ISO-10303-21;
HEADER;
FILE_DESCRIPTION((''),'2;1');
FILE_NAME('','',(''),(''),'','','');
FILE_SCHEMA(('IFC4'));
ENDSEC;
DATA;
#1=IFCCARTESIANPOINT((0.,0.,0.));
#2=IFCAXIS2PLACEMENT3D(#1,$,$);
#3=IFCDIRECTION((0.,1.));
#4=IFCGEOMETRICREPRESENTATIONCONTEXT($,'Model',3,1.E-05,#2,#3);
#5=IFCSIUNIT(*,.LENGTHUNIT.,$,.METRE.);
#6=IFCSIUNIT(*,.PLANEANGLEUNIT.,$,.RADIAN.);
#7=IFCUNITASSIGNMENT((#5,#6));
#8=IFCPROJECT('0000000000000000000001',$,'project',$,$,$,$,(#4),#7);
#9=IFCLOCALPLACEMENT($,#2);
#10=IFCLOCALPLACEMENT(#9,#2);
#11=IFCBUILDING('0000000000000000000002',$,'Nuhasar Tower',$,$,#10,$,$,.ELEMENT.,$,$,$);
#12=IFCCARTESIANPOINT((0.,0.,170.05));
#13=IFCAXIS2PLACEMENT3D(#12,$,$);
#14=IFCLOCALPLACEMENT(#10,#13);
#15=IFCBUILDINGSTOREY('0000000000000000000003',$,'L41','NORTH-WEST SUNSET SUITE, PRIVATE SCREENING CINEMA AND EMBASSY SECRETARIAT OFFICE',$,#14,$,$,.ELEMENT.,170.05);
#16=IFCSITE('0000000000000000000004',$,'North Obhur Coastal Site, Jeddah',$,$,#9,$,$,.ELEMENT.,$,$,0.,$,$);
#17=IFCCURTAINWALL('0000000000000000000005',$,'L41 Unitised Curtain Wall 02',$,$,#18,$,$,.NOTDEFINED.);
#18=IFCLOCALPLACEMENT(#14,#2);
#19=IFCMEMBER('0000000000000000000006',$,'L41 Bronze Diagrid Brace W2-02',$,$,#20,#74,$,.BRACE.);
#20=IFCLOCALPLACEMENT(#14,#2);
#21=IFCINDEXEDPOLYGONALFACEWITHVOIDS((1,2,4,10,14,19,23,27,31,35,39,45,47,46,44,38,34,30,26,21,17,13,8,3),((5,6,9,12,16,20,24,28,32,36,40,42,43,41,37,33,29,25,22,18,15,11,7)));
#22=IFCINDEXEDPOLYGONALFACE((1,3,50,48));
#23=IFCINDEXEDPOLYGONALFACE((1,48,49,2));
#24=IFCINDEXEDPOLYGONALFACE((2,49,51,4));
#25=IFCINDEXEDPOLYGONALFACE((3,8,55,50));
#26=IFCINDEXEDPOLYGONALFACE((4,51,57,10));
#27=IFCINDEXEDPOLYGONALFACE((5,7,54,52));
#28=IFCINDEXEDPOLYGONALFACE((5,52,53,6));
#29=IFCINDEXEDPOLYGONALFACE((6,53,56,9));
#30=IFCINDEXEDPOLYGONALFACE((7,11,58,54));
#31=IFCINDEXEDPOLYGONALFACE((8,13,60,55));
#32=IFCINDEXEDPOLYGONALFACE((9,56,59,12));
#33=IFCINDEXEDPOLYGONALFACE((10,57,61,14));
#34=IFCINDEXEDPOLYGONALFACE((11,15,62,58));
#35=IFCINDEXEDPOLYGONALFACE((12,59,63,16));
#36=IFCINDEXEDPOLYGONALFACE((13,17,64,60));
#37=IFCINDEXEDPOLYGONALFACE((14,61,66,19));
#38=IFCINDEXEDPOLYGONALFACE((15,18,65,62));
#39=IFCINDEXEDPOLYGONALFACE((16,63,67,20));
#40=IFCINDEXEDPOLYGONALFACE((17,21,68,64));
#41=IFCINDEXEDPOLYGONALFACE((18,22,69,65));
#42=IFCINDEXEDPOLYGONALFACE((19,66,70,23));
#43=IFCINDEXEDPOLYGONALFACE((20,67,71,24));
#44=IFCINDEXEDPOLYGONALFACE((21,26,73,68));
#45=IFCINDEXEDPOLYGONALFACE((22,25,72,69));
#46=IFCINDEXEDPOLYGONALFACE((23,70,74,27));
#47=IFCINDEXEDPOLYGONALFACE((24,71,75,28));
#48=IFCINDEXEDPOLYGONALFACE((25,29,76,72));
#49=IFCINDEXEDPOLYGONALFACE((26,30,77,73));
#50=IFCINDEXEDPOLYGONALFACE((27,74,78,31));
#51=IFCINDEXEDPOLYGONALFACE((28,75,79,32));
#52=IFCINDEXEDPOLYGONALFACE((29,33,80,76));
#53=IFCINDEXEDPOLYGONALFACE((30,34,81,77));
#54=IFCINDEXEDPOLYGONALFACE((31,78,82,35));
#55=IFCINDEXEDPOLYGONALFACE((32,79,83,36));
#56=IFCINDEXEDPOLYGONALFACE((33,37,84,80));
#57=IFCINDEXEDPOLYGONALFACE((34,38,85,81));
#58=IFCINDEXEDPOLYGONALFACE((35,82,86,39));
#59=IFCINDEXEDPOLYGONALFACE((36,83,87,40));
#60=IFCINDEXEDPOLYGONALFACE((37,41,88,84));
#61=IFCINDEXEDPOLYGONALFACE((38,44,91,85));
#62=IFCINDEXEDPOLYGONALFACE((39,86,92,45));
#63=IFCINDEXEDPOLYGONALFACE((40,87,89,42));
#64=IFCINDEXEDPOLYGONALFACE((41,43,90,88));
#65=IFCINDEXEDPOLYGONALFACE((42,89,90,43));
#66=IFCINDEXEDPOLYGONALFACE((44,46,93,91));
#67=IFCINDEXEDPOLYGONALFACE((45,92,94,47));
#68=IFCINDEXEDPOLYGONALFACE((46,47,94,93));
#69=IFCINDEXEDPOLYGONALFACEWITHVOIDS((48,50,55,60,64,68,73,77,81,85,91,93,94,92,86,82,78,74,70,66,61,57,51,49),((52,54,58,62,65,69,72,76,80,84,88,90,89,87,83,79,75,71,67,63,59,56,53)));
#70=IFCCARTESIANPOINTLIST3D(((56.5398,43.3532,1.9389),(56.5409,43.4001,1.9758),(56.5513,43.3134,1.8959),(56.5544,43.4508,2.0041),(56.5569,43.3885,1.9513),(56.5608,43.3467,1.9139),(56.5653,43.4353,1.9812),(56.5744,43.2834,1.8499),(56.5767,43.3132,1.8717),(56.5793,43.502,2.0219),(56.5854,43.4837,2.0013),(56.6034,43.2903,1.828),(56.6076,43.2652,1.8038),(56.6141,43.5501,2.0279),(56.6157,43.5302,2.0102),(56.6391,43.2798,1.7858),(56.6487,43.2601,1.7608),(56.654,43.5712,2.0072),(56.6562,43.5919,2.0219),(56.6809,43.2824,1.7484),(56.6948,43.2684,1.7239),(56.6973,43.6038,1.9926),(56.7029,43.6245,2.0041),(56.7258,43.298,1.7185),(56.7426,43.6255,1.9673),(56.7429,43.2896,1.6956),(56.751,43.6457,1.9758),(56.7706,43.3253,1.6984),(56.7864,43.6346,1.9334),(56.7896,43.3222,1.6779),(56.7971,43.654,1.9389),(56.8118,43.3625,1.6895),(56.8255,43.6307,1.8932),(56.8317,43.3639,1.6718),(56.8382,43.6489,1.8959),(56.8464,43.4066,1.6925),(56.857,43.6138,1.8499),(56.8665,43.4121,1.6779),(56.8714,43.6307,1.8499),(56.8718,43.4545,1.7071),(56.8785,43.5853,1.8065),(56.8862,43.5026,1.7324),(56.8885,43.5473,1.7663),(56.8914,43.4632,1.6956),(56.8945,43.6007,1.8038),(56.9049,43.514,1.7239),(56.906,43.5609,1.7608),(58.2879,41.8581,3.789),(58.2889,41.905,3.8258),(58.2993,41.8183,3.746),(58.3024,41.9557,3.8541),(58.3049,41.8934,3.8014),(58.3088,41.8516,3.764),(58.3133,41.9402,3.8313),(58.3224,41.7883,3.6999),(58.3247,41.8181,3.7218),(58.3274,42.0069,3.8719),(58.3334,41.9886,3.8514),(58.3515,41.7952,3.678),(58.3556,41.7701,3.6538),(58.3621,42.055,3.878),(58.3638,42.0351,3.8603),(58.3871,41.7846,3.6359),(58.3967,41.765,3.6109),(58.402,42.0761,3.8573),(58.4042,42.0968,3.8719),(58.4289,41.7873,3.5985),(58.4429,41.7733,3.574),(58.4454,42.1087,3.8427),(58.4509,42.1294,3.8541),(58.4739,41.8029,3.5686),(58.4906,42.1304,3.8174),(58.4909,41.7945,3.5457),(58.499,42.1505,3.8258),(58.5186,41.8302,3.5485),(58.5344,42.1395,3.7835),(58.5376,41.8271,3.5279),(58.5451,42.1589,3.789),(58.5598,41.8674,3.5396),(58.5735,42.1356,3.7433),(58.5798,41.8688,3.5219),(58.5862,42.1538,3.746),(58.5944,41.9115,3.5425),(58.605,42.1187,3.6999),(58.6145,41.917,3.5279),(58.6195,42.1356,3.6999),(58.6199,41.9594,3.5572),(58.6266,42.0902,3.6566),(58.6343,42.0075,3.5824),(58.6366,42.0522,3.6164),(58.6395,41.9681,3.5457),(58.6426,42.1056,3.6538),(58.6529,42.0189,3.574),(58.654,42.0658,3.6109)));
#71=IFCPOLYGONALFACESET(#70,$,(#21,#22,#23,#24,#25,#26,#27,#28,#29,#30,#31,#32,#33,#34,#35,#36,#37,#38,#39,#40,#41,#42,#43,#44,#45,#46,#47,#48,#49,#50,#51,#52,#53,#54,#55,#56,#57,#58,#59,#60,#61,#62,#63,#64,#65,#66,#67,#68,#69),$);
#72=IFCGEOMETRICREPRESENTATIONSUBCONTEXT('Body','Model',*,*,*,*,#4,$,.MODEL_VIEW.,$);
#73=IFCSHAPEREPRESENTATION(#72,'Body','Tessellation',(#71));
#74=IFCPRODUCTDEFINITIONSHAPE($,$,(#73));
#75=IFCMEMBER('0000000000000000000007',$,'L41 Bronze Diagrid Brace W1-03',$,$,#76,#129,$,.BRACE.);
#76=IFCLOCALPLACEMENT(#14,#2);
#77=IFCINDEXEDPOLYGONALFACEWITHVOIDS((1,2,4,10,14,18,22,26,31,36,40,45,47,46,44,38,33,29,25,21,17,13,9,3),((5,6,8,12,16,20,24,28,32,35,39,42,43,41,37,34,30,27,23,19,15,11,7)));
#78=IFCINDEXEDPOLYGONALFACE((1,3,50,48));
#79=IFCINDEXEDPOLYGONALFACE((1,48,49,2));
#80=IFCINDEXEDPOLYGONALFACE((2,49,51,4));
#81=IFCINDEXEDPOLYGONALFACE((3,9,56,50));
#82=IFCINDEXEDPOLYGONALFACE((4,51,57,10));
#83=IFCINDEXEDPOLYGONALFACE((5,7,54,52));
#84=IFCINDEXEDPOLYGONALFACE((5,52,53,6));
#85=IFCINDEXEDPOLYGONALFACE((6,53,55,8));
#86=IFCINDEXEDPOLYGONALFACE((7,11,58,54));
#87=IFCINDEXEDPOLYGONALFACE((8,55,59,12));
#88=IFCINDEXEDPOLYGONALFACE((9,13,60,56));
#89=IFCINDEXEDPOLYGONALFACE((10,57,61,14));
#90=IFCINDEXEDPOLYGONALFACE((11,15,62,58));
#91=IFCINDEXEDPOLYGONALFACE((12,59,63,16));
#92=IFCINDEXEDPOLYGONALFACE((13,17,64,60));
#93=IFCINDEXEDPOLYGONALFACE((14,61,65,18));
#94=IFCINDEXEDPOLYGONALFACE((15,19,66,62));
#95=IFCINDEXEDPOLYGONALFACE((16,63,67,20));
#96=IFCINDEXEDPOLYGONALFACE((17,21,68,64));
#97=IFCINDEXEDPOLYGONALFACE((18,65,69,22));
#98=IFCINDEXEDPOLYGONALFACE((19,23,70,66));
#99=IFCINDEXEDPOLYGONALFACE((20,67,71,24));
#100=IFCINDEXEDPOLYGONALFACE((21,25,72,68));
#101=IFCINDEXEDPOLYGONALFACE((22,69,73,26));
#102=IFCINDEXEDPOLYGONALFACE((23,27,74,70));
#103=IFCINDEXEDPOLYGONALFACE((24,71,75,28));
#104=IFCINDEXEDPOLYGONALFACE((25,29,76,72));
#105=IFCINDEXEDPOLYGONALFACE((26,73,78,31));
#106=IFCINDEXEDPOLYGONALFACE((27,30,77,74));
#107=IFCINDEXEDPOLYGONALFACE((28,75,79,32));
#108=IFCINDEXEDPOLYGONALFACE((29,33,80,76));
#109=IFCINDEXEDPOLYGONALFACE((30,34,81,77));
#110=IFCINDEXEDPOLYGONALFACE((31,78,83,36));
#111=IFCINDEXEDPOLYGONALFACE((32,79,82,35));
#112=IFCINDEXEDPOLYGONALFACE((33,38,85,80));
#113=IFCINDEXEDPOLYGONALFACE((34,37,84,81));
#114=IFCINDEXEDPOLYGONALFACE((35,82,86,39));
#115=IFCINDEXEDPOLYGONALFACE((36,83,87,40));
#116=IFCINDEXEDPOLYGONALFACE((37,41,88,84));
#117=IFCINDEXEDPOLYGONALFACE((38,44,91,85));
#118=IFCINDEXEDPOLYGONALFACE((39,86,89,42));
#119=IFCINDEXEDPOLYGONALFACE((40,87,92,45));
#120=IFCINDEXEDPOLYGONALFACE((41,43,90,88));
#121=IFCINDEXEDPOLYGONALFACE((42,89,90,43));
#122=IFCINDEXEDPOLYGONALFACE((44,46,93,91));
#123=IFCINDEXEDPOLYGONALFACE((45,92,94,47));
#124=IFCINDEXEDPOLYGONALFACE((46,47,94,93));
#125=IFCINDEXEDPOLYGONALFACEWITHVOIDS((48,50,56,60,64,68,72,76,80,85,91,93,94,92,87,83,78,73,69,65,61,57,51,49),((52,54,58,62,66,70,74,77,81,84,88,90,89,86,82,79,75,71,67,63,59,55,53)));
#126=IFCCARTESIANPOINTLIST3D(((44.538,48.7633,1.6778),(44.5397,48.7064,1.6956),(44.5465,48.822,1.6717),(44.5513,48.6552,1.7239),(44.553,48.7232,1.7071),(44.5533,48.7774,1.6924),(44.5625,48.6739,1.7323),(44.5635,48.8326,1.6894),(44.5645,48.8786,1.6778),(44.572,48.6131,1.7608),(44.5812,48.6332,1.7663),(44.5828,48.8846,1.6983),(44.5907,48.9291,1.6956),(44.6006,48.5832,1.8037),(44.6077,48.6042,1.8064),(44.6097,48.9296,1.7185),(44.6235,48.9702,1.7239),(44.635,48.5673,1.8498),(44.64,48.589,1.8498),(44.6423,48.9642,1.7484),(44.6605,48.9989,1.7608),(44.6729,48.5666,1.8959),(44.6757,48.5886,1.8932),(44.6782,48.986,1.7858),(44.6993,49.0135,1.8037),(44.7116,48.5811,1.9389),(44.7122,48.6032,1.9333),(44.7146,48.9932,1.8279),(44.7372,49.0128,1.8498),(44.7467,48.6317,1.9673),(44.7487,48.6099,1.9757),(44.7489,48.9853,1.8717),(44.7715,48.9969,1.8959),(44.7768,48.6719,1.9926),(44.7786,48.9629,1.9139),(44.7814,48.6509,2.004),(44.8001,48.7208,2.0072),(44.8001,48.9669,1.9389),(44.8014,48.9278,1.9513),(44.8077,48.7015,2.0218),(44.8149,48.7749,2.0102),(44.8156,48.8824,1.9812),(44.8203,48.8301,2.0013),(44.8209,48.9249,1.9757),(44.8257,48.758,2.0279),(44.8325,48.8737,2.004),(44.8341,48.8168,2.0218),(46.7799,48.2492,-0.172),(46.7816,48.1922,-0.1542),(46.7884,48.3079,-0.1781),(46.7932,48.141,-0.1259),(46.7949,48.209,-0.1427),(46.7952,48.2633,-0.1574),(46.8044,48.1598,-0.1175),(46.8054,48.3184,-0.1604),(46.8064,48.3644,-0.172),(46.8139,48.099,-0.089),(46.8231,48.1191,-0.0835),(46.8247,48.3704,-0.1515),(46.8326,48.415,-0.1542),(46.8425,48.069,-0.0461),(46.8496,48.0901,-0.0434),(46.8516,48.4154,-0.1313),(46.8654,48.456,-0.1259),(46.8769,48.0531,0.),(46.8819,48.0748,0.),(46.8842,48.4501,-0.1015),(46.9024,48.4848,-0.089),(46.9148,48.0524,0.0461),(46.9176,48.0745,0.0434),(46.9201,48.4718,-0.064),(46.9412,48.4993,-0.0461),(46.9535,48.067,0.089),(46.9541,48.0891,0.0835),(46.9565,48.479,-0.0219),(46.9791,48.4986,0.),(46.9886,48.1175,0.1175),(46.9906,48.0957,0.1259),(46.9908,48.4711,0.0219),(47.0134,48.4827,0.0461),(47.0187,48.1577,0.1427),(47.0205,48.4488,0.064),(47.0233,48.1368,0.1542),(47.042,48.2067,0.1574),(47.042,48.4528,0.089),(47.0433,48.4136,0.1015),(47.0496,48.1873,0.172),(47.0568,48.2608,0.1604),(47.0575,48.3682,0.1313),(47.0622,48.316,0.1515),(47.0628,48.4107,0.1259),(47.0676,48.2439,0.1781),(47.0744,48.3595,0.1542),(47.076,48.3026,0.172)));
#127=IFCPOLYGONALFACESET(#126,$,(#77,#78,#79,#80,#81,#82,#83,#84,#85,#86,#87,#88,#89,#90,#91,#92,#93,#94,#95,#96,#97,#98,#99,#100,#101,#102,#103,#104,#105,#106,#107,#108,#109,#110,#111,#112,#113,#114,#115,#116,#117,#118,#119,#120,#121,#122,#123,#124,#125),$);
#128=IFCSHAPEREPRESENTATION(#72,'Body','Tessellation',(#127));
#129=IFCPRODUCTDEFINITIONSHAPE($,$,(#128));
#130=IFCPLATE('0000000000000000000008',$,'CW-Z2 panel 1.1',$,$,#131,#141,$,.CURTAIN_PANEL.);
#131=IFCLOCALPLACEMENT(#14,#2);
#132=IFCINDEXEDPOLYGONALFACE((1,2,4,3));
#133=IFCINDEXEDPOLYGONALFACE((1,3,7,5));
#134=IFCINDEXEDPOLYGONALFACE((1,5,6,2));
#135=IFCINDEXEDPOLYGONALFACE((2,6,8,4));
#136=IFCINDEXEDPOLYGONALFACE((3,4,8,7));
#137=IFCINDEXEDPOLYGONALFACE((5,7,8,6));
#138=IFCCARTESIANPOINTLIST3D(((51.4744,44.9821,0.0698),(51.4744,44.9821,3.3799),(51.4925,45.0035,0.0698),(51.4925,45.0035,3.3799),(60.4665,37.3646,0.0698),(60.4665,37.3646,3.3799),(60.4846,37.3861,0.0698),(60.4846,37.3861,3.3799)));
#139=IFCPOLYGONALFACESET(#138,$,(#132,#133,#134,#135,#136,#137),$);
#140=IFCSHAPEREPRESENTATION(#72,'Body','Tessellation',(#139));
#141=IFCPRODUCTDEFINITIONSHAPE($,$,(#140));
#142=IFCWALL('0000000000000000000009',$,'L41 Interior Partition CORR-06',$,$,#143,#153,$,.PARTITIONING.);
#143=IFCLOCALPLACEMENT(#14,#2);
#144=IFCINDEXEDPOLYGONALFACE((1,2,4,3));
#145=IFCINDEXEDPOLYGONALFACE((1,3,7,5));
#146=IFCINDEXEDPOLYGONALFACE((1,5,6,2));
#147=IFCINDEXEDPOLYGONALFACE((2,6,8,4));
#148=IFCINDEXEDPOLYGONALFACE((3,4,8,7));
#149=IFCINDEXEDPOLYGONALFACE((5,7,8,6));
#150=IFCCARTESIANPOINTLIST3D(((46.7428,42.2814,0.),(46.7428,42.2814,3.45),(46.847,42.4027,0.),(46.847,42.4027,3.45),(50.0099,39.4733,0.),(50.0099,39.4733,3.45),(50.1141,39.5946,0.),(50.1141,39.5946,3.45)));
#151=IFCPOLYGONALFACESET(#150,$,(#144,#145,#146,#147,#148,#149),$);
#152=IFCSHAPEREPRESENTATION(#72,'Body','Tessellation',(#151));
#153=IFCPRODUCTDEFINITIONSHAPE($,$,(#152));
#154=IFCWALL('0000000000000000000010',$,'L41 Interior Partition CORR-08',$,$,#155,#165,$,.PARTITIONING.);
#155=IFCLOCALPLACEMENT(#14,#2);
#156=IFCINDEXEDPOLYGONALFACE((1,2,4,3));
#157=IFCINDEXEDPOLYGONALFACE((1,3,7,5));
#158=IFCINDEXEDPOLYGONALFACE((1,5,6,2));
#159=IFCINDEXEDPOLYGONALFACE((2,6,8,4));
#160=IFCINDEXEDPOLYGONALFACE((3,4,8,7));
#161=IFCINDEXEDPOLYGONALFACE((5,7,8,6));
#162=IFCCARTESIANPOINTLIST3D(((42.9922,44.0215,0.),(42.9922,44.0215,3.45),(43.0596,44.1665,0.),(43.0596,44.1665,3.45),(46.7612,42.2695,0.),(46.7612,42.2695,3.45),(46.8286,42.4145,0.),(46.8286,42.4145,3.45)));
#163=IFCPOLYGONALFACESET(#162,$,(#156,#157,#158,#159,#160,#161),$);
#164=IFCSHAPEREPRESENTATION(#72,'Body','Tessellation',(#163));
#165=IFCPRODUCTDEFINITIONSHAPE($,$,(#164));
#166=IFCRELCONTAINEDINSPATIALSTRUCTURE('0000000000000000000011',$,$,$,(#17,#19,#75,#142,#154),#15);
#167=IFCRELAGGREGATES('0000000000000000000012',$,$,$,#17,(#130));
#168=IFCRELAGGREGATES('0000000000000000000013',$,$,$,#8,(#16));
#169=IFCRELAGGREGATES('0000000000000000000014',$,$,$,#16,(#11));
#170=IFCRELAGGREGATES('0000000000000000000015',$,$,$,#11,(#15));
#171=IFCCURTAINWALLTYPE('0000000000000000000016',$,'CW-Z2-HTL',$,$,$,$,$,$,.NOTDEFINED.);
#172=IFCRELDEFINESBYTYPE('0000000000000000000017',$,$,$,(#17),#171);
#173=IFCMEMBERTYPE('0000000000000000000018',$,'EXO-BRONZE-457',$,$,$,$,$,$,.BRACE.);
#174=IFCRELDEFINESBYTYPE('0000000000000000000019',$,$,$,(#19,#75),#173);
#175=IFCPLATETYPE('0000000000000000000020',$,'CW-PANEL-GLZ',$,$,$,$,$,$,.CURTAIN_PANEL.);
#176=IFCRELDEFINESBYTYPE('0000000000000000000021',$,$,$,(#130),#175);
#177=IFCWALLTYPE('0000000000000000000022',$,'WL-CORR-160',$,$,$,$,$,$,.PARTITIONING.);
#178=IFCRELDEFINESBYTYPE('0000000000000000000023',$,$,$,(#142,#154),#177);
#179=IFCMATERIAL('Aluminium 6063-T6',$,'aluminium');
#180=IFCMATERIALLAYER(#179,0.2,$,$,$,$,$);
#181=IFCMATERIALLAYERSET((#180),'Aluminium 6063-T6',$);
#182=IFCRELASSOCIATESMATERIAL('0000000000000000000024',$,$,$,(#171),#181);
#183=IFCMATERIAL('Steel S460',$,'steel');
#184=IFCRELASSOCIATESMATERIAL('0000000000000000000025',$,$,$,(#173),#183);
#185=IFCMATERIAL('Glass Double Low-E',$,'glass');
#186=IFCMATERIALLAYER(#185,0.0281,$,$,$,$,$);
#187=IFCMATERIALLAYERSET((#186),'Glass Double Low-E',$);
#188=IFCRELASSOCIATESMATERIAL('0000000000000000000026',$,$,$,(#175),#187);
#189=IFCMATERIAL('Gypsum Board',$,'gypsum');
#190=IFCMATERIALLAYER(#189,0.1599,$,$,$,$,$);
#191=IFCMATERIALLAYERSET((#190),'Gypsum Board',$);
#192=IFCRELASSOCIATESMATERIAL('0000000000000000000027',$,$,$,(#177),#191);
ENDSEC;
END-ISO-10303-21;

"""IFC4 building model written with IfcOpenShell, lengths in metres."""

from ifc_helpers import new_model, si_unit, direction, frame, frame_2d, origin, origin_2d, place, context, subcontext, project, spatial, rectangle, hollow_circle, extrude, material, layer, layer_set, material_profile, profile_set, type_object, element, aggregate, save


model = new_model("IFC4")

# Units and contexts
model_context = context("Model", 3, precision=1e-05, world=origin(), true_north=direction((0.0, 1.0)))
body_context = subcontext(model_context, "Body", "Model", "MODEL_VIEW")
ifc_project = project(units=[si_unit("LENGTHUNIT", "METRE"), si_unit("PLANEANGLEUNIT", "RADIAN")], contexts=[model_context])

# Site, building, storey
site_placement = place(None, origin())
site = spatial("IfcSite", under=ifc_project, at=site_placement, Name="North Obhur Coastal Site, Jeddah", CompositionType="ELEMENT", RefElevation=0.0)
building_placement = place(site_placement, origin())
building = spatial("IfcBuilding", under=site, at=building_placement, Name="Nuhasar Tower", CompositionType="ELEMENT")
storey_placement = place(building_placement, frame((0.0, 0.0, 170.05)))
storey = spatial("IfcBuildingStorey", under=building, at=storey_placement, Name="L41", Description="NORTH-WEST SUNSET SUITE, PRIVATE SCREENING CINEMA AND EMBASSY SECRETARIAT OFFICE", CompositionType="ELEMENT", Elevation=170.05)

# Curtain wall
ifc_material_1 = material(Name="Aluminium 6063-T6", Category="aluminium")
ifc_layer_1 = layer(ifc_material_1, 0.2)
ifc_layer_set_1 = layer_set([ifc_layer_1], Name="Aluminium 6063-T6")
curtain_wall_type = type_object("IfcCurtainWallType", Name="CW-Z2-HTL", PredefinedType="NOTDEFINED", material=ifc_layer_set_1)
curtain_wall_1_placement = place(storey_placement, origin())
curtain_wall_1 = element("IfcCurtainWall", 1, at=curtain_wall_1_placement, inside=storey, type_object=curtain_wall_type, Name="L41 Unitised Curtain Wall 02", PredefinedType="NOTDEFINED")

# Members
ifc_material_2 = material(Name="Steel S460", Category="steel")
ifc_material_profile_1 = material_profile(ifc_material_2, hollow_circle(Radius=0.2285, WallThickness=0.0222, at=origin_2d()), Name="HSS457X22.2")
ifc_profile_set_1 = profile_set([ifc_material_profile_1], Name="Steel S460")
member_type_1 = type_object("IfcMemberType", Name="EXO-BRONZE-457", PredefinedType="BRACE", material=ifc_profile_set_1)
member_1_placement = place(storey_placement, frame((56.7229, 43.457, 1.8499), z_axis=(0.59217, -0.506488, 0.626741), x_axis=(0.649987, 0.759945, 0.0)))
element("IfcMember", 2, at=member_1_placement, inside=storey, type_object=member_type_1, Name="L41 Bronze Diagrid Brace W2-02", PredefinedType="BRACE", context=body_context, shape_type="SweptSolid", body=[
    extrude(hollow_circle(Radius=0.2285, WallThickness=0.0222, at=origin_2d()), origin(), (0.0, 0.0, 1.0), 2.9519),
])
member_2_placement = place(storey_placement, frame((46.928, 48.2759, 0.0), z_axis=(-0.759539, 0.17419, 0.626704), x_axis=(-0.223534, -0.974696, 0.0)))
element("IfcMember", 3, at=member_2_placement, inside=storey, type_object=member_type_1, Name="L41 Bronze Diagrid Brace W1-03", PredefinedType="BRACE", context=body_context, shape_type="SweptSolid", body=[
    extrude(hollow_circle(Radius=0.2285, WallThickness=0.0222, at=origin_2d()), origin(), (0.0, 0.0, 1.0), 2.9517),
])

# Plate
ifc_material_3 = material(Name="Glass Double Low-E", Category="glass")
ifc_layer_2 = layer(ifc_material_3, 0.0281)
ifc_layer_set_2 = layer_set([ifc_layer_2], Name="Glass Double Low-E")
plate_type = type_object("IfcPlateType", Name="CW-PANEL-GLZ", PredefinedType="CURTAIN_PANEL", material=ifc_layer_set_2)
plate_placement = place(storey_placement, frame((55.9795, 41.1841, 0.0698), z_axis=(0.0, 0.0, 1.0), x_axis=(-0.76302, 0.646374, 0.0)))
plate = element("IfcPlate", 4, at=plate_placement, type_object=plate_type, Name="CW-Z2 panel 1.1", PredefinedType="CURTAIN_PANEL", context=body_context, shape_type="SweptSolid", body=[
    extrude(rectangle(XDim=11.7849, YDim=0.0281, at=origin_2d()), origin(), (0.0, 0.0, 1.0), 3.3101),
])
aggregate(curtain_wall_1, [plate])

# Shared definitions
ifc_material_4 = material(Name="Gypsum Board", Category="gypsum")
ifc_layer_3 = layer(ifc_material_4, 0.1599)
ifc_layer_set_3 = layer_set([ifc_layer_3], Name="Gypsum Board")
wall_type = type_object("IfcWallType", Name="WL-CORR-160", PredefinedType="PARTITIONING", material=ifc_layer_set_3)

# Walls
wall_1_placement = place(storey_placement, frame((50.062, 39.5339, 0.0), z_axis=(0.0, 0.0, 1.0), x_axis=(-0.758368, 0.651827, 0.0)))
element("IfcWall", 5, at=wall_1_placement, inside=storey, type_object=wall_type, Name="L41 Interior Partition CORR-06", PredefinedType="PARTITIONING", context=body_context, shape_type="SweptSolid", body=[
    extrude(rectangle(XDim=4.3081, YDim=0.1599, at=frame_2d((2.1541, 0.0))), origin(), (0.0, 0.0, 1.0), 3.45),
])
wall_2_placement = place(storey_placement, frame((46.7949, 42.342, 0.0), z_axis=(0.0, 0.0, 1.0), x_axis=(-0.906821, 0.421515, 0.0)))
element("IfcWall", 6, at=wall_2_placement, inside=storey, type_object=wall_type, Name="L41 Interior Partition CORR-08", PredefinedType="PARTITIONING", context=body_context, shape_type="SweptSolid", body=[
    extrude(rectangle(XDim=4.1562, YDim=0.1599, at=frame_2d((2.0781, 0.0))), origin(), (0.0, 0.0, 1.0), 3.45),
])

save(model, "model.ifc")
